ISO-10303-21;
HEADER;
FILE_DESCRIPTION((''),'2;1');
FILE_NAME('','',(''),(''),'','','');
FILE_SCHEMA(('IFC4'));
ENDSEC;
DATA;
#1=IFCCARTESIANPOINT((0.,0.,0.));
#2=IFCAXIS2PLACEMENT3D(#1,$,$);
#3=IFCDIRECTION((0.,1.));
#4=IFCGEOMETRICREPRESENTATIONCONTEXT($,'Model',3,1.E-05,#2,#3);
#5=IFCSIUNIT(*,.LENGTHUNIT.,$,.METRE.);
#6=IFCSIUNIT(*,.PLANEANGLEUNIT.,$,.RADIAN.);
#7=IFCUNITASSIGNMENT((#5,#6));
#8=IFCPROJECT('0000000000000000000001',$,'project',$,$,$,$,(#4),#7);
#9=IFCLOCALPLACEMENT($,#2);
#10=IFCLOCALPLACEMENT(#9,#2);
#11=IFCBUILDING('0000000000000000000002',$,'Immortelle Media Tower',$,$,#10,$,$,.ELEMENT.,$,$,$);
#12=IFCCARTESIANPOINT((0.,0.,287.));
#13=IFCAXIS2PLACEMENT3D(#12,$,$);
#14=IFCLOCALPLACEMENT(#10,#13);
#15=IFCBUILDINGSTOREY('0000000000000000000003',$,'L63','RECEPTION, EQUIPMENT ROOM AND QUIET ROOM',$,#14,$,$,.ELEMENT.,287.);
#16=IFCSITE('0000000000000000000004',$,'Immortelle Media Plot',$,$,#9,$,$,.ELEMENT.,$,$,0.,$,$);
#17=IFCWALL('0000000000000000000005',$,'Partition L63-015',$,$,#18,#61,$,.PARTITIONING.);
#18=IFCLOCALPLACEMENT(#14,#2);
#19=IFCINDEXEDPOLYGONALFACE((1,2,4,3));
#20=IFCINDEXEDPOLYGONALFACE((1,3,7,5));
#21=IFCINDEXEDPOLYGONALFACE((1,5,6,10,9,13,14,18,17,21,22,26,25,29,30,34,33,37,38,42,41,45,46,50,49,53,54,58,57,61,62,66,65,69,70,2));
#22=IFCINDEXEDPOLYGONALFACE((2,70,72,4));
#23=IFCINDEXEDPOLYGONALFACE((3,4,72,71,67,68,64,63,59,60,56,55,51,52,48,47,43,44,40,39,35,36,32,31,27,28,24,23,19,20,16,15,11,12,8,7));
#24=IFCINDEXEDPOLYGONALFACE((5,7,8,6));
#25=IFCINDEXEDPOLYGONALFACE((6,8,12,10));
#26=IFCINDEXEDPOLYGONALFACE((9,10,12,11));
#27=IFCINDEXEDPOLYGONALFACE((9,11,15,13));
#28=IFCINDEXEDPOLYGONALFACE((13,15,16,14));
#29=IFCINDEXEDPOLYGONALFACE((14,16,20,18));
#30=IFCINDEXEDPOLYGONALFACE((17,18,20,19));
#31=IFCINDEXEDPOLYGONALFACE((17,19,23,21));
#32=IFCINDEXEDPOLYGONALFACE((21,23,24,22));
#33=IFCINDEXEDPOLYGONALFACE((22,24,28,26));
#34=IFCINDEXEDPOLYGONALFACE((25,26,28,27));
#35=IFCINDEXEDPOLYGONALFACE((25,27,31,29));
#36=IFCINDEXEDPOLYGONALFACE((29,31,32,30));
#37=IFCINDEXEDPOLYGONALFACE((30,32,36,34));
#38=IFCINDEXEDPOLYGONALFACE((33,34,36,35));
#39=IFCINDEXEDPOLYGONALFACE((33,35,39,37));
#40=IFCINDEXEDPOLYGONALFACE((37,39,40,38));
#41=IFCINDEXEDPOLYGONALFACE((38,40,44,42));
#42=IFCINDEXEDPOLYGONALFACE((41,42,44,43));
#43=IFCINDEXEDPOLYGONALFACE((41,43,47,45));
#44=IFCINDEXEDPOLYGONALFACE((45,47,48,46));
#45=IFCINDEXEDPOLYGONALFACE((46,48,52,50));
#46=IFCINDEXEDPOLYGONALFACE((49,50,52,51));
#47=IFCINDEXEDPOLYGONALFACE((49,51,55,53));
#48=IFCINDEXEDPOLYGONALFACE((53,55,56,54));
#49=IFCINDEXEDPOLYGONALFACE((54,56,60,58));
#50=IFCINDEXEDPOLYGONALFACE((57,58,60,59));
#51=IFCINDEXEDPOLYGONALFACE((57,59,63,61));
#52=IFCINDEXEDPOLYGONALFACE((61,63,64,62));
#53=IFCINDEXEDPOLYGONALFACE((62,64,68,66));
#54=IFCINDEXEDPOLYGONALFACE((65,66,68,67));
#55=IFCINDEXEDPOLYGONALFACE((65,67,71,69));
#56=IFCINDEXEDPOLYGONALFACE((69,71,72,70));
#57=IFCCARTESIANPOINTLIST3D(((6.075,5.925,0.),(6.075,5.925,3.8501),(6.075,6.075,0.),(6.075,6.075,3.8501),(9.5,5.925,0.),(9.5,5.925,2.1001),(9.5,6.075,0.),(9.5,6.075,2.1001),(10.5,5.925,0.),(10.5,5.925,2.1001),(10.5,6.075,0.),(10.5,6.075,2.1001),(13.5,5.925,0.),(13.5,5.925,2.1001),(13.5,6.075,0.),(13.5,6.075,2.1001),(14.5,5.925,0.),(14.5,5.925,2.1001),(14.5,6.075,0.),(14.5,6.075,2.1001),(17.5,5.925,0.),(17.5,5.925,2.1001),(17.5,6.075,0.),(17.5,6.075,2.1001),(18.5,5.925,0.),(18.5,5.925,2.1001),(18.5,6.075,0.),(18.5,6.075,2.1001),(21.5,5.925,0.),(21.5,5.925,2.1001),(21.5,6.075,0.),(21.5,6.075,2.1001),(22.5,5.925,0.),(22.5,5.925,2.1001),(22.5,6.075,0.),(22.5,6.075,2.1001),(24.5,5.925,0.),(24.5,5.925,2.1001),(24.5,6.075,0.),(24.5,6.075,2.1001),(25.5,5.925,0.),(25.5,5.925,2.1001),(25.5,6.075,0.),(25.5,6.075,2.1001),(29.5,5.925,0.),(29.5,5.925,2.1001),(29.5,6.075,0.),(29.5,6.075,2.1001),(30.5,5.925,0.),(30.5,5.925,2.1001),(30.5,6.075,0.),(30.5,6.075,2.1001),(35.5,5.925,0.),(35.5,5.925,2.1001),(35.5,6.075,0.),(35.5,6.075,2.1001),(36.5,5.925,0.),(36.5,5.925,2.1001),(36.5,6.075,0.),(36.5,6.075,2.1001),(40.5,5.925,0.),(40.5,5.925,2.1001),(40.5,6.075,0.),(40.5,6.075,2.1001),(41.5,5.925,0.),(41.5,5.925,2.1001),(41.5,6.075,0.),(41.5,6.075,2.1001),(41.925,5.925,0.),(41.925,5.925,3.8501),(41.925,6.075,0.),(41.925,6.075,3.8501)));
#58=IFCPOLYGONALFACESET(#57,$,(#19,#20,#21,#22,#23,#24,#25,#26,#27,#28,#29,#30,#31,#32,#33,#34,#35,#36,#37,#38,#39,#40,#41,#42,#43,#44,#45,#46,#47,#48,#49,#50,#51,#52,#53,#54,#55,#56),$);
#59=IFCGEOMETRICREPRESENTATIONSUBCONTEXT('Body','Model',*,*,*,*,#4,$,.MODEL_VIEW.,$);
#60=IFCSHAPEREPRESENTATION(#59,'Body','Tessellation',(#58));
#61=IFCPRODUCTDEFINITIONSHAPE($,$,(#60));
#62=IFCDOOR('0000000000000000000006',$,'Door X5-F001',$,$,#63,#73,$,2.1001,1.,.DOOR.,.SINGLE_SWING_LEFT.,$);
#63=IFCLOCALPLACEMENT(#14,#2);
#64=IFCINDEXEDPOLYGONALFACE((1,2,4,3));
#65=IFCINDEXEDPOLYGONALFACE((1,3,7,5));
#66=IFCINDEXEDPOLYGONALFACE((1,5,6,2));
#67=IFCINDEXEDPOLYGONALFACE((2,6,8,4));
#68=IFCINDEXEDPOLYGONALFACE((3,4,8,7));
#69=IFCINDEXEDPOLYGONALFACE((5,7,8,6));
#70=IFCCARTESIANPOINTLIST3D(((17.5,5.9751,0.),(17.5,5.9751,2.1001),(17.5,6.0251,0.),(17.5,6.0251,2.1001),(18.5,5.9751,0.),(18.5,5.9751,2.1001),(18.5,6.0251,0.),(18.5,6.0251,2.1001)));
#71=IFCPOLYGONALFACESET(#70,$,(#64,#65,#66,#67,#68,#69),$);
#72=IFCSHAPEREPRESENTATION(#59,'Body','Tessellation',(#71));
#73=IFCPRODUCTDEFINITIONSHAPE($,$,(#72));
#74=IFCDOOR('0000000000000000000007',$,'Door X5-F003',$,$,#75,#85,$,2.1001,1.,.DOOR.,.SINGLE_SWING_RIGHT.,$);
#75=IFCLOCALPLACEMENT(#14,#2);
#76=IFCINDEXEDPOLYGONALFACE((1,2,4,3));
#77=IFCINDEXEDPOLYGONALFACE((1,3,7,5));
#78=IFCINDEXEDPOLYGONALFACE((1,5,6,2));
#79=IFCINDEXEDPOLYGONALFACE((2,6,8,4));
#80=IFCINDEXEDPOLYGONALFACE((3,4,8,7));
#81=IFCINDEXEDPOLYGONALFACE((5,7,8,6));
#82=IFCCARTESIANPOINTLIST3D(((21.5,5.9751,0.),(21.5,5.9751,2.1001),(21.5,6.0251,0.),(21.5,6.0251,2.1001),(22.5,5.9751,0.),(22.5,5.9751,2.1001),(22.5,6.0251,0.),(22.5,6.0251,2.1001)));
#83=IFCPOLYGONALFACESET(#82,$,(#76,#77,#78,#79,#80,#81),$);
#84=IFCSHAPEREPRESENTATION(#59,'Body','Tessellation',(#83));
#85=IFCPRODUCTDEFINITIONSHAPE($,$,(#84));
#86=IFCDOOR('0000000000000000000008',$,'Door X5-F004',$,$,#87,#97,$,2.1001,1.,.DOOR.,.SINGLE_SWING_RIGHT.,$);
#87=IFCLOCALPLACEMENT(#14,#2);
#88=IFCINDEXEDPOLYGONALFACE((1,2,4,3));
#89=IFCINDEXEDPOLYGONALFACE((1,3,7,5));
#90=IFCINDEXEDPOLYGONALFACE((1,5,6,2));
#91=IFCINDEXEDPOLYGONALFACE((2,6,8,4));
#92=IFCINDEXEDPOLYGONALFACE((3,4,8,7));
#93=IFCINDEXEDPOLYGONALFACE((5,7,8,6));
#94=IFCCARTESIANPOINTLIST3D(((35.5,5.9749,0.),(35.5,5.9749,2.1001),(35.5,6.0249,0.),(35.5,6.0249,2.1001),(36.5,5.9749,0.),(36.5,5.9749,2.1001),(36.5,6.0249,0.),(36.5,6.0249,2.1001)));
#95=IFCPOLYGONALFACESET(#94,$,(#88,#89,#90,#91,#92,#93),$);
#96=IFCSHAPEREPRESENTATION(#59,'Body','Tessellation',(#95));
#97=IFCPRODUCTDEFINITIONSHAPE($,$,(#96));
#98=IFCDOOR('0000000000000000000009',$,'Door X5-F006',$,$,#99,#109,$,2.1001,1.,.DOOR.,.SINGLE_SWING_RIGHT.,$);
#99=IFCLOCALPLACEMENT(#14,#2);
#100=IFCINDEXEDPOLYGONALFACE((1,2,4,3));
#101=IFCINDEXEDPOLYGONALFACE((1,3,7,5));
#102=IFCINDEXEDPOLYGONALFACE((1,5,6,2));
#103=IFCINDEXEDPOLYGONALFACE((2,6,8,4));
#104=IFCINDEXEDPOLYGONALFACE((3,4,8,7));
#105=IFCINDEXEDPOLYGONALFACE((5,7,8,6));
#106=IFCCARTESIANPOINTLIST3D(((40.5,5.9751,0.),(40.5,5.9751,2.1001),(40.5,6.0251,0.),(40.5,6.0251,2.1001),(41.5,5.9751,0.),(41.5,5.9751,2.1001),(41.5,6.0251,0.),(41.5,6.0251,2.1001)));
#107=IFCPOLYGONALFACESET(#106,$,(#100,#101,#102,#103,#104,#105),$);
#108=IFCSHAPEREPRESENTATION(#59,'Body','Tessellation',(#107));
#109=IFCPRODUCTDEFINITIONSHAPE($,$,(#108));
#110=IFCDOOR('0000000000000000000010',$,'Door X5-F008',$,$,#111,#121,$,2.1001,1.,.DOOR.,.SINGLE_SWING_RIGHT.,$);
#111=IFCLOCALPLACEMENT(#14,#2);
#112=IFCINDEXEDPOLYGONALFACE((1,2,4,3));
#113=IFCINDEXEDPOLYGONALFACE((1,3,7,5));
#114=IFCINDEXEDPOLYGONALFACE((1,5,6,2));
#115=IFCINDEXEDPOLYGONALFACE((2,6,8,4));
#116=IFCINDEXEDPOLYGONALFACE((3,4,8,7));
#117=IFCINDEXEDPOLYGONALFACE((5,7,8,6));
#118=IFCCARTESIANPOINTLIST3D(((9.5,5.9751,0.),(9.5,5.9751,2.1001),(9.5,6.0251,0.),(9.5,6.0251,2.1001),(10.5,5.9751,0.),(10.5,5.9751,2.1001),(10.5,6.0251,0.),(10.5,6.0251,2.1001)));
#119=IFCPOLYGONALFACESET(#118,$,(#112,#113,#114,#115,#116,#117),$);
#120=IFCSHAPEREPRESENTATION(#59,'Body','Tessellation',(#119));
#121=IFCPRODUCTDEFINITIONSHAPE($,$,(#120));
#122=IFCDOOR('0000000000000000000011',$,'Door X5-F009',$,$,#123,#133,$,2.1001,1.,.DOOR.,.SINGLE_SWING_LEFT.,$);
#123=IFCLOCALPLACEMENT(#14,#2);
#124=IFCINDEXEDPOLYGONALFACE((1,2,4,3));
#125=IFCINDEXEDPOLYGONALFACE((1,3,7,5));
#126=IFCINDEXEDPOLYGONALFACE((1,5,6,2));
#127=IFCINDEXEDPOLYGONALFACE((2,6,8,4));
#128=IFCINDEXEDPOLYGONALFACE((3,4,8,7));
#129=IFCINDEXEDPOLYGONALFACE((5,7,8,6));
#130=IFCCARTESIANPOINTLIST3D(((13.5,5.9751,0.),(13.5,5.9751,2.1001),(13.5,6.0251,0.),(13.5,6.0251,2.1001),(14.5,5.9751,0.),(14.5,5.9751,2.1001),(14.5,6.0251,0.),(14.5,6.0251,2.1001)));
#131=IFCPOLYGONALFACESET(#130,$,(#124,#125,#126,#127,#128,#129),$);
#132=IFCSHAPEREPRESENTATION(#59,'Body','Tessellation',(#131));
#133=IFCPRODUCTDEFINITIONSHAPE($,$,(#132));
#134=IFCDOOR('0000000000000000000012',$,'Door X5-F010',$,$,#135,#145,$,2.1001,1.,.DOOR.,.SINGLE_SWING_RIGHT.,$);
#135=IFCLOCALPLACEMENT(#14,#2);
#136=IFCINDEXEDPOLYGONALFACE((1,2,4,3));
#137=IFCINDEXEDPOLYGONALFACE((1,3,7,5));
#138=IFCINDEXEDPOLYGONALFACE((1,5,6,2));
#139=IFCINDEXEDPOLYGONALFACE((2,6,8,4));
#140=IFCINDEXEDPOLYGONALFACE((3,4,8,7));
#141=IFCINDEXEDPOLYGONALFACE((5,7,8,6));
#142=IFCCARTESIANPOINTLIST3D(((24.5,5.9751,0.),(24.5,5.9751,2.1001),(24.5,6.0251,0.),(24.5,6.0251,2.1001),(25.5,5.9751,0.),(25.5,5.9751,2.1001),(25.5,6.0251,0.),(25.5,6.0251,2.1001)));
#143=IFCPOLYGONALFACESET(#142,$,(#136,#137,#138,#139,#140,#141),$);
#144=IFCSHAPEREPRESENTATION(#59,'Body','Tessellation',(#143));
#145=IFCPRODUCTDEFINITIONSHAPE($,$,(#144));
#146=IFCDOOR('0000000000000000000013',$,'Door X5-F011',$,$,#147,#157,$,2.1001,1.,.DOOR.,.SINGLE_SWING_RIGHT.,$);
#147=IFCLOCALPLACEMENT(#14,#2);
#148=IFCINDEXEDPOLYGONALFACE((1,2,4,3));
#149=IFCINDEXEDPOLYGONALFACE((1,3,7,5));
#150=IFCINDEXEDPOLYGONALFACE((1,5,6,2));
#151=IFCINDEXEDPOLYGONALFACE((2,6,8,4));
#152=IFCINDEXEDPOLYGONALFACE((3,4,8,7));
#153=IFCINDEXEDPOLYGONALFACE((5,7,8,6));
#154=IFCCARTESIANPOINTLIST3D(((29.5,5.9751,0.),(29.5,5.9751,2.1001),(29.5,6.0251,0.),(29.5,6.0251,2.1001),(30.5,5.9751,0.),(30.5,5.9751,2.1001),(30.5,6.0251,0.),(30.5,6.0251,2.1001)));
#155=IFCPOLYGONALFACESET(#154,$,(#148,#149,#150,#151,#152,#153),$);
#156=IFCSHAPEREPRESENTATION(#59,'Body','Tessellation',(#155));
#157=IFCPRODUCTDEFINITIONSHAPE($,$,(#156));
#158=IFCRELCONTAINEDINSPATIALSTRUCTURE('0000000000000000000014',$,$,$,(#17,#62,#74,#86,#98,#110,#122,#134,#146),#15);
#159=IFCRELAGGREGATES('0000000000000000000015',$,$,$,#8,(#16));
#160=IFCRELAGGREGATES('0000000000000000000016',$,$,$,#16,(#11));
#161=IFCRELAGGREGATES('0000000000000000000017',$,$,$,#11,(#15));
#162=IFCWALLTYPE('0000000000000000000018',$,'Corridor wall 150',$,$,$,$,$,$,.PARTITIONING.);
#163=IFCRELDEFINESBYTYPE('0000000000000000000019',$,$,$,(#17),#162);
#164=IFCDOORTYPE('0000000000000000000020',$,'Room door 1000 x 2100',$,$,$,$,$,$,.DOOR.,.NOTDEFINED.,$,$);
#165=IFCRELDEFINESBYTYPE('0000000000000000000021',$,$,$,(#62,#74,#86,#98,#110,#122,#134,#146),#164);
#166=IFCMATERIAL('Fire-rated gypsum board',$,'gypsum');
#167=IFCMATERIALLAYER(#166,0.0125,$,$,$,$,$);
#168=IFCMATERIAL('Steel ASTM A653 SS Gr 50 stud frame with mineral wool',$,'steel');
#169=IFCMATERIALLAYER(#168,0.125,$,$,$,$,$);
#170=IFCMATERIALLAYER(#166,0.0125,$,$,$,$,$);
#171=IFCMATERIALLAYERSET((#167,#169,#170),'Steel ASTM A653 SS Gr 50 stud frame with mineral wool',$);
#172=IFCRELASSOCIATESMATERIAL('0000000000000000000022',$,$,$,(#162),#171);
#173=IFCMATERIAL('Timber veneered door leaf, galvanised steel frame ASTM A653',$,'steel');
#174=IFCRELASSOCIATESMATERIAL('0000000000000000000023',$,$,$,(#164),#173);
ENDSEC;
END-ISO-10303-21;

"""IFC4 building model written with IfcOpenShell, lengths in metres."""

from ifc_helpers import new_model, si_unit, direction, frame, frame_2d, origin, place, context, subcontext, project, spatial, rectangle, extrude, material, layer, layer_set, type_object, element, fill, save


model = new_model("IFC4")

# Units and contexts
model_context = context("Model", 3, precision=1e-05, world=origin(), true_north=direction((0.0, 1.0)))
body_context = subcontext(model_context, "Body", "Model", "MODEL_VIEW")
ifc_project = project(units=[si_unit("LENGTHUNIT", "METRE"), si_unit("PLANEANGLEUNIT", "RADIAN")], contexts=[model_context])

# Site, building, storey
site_placement = place(None, origin())
site = spatial("IfcSite", under=ifc_project, at=site_placement, Name="Immortelle Media Plot", CompositionType="ELEMENT", RefElevation=0.0)
building_placement = place(site_placement, origin())
building = spatial("IfcBuilding", under=site, at=building_placement, Name="Immortelle Media Tower", CompositionType="ELEMENT")
storey_placement = place(building_placement, frame((0.0, 0.0, 287.0)))
storey = spatial("IfcBuildingStorey", under=building, at=storey_placement, Name="L63", Description="RECEPTION, EQUIPMENT ROOM AND QUIET ROOM", CompositionType="ELEMENT", Elevation=287.0)

# Wall, openings, doors
ifc_material_1 = material(Name="Fire-rated gypsum board", Category="gypsum")
ifc_layer_1 = layer(ifc_material_1, 0.0125)
ifc_material_2 = material(Name="Steel ASTM A653 SS Gr 50 stud frame with mineral wool", Category="steel")
ifc_layer_2 = layer(ifc_material_2, 0.125)
ifc_layer_3 = layer(ifc_material_1, 0.0125)
ifc_layer_set_1 = layer_set([ifc_layer_1, ifc_layer_2, ifc_layer_3], Name="Steel ASTM A653 SS Gr 50 stud frame with mineral wool")
wall_type_1 = type_object("IfcWallType", Name="Corridor wall 150", PredefinedType="PARTITIONING", material=ifc_layer_set_1)
wall_1_placement = place(storey_placement, frame((6.075, 6.0, 0.0), z_axis=(0.0, 0.0, 1.0), x_axis=(1.0, 0.0, 0.0)))
wall_1 = element("IfcWall", 1, at=wall_1_placement, inside=storey, type_object=wall_type_1, Name="Partition L63-015", PredefinedType="PARTITIONING", context=body_context, shape_type="SweptSolid", body=[
    extrude(rectangle(XDim=35.8501, YDim=0.1499, at=frame_2d((17.925, 0.0))), origin(), (0.0, 0.0, 1.0), 3.8501),
])
opening_1_placement = place(wall_1_placement, frame((12.425, 0.0, 0.0), z_axis=(0.0, 0.0, 1.0), x_axis=(-1.0, 0.0, 0.0)))
opening_1 = element("IfcOpeningElement", 2, at=opening_1_placement, cuts=wall_1, PredefinedType="OPENING", context=body_context, shape_type="SweptSolid", body=[
    extrude(rectangle(XDim=1.0, YDim=2.1001, at=frame_2d((0.5, 1.05))), frame((0.0, 0.085, 0.0), z_axis=(0.0, -1.0, 0.0), x_axis=(1.0, 0.0, 0.0)), (0.0, 0.0, 1.0), 0.1699),
])
opening_2_placement = place(wall_1_placement, frame((16.425, 0.0, 0.0), z_axis=(0.0, 0.0, 1.0), x_axis=(-1.0, 0.0, 0.0)))
opening_2 = element("IfcOpeningElement", 3, at=opening_2_placement, cuts=wall_1, PredefinedType="OPENING", context=body_context, shape_type="SweptSolid", body=[
    extrude(rectangle(XDim=1.0, YDim=2.1001, at=frame_2d((0.5, 1.05))), frame((0.0, 0.085, 0.0), z_axis=(0.0, -1.0, 0.0), x_axis=(1.0, 0.0, 0.0)), (0.0, 0.0, 1.0), 0.1699),
])
opening_3_placement = place(wall_1_placement, frame((29.425, 0.0, 0.0)))
opening_3 = element("IfcOpeningElement", 4, at=opening_3_placement, cuts=wall_1, PredefinedType="OPENING", context=body_context, shape_type="SweptSolid", body=[
    extrude(rectangle(XDim=1.0, YDim=2.1001, at=frame_2d((0.5, 1.05))), frame((0.0, 0.085, 0.0), z_axis=(0.0, -1.0, 0.0), x_axis=(1.0, 0.0, 0.0)), (0.0, 0.0, 1.0), 0.1699),
])
opening_4_placement = place(wall_1_placement, frame((35.425, 0.0, 0.0), z_axis=(0.0, 0.0, 1.0), x_axis=(-1.0, 0.0, 0.0)))
opening_4 = element("IfcOpeningElement", 5, at=opening_4_placement, cuts=wall_1, PredefinedType="OPENING", context=body_context, shape_type="SweptSolid", body=[
    extrude(rectangle(XDim=1.0, YDim=2.1001, at=frame_2d((0.5, 1.05))), frame((0.0, 0.085, 0.0), z_axis=(0.0, -1.0, 0.0), x_axis=(1.0, 0.0, 0.0)), (0.0, 0.0, 1.0), 0.1699),
])
opening_5_placement = place(wall_1_placement, frame((4.425, 0.0, 0.0), z_axis=(0.0, 0.0, 1.0), x_axis=(-1.0, 0.0, 0.0)))
opening_5 = element("IfcOpeningElement", 6, at=opening_5_placement, cuts=wall_1, PredefinedType="OPENING", context=body_context, shape_type="SweptSolid", body=[
    extrude(rectangle(XDim=1.0, YDim=2.1001, at=frame_2d((0.5, 1.05))), frame((0.0, 0.085, 0.0), z_axis=(0.0, -1.0, 0.0), x_axis=(1.0, 0.0, 0.0)), (0.0, 0.0, 1.0), 0.1699),
])
opening_6_placement = place(wall_1_placement, frame((8.425, 0.0, 0.0), z_axis=(0.0, 0.0, 1.0), x_axis=(-1.0, 0.0, 0.0)))
opening_6 = element("IfcOpeningElement", 7, at=opening_6_placement, cuts=wall_1, PredefinedType="OPENING", context=body_context, shape_type="SweptSolid", body=[
    extrude(rectangle(XDim=1.0, YDim=2.1001, at=frame_2d((0.5, 1.05))), frame((0.0, 0.085, 0.0), z_axis=(0.0, -1.0, 0.0), x_axis=(1.0, 0.0, 0.0)), (0.0, 0.0, 1.0), 0.1699),
])
opening_7_placement = place(wall_1_placement, frame((19.425, 0.0, 0.0), z_axis=(0.0, 0.0, 1.0), x_axis=(-1.0, 0.0, 0.0)))
opening_7 = element("IfcOpeningElement", 8, at=opening_7_placement, cuts=wall_1, PredefinedType="OPENING", context=body_context, shape_type="SweptSolid", body=[
    extrude(rectangle(XDim=1.0, YDim=2.1001, at=frame_2d((0.5, 1.05))), frame((0.0, 0.085, 0.0), z_axis=(0.0, -1.0, 0.0), x_axis=(1.0, 0.0, 0.0)), (0.0, 0.0, 1.0), 0.1699),
])
opening_8_placement = place(wall_1_placement, frame((24.425, 0.0, 0.0), z_axis=(0.0, 0.0, 1.0), x_axis=(-1.0, 0.0, 0.0)))
opening_8 = element("IfcOpeningElement", 9, at=opening_8_placement, cuts=wall_1, PredefinedType="OPENING", context=body_context, shape_type="SweptSolid", body=[
    extrude(rectangle(XDim=1.0, YDim=2.1001, at=frame_2d((0.5, 1.05))), frame((0.0, 0.085, 0.0), z_axis=(0.0, -1.0, 0.0), x_axis=(1.0, 0.0, 0.0)), (0.0, 0.0, 1.0), 0.1699),
])
ifc_material_3 = material(Name="Timber veneered door leaf, galvanised steel frame ASTM A653", Category="steel")
door_type = type_object("IfcDoorType", Name="Room door 1000 x 2100", OperationType="NOTDEFINED", PredefinedType="DOOR", material=ifc_material_3)
door_1_placement = place(opening_1_placement, origin())
door_1 = element("IfcDoor", 10, at=door_1_placement, inside=storey, type_object=door_type, Name="Door X5-F001", OperationType="SINGLE_SWING_LEFT", OverallHeight=2.1001, OverallWidth=1.0, PredefinedType="DOOR", context=body_context, shape_type="SweptSolid", body=[
    extrude(rectangle(XDim=1.0, YDim=2.1001, at=frame_2d((0.5, 1.05))), frame((0.0, 0.0249, 0.0), z_axis=(0.0, -1.0, 0.0), x_axis=(1.0, 0.0, 0.0)), (0.0, 0.0, 1.0), 0.05),
])
fill(opening_1, door_1)
door_2_placement = place(opening_2_placement, origin())
door_2 = element("IfcDoor", 11, at=door_2_placement, inside=storey, type_object=door_type, Name="Door X5-F003", OperationType="SINGLE_SWING_RIGHT", OverallHeight=2.1001, OverallWidth=1.0, PredefinedType="DOOR", context=body_context, shape_type="SweptSolid", body=[
    extrude(rectangle(XDim=1.0, YDim=2.1001, at=frame_2d((0.5, 1.05))), frame((0.0, 0.0249, 0.0), z_axis=(0.0, -1.0, 0.0), x_axis=(1.0, 0.0, 0.0)), (0.0, 0.0, 1.0), 0.05),
])
fill(opening_2, door_2)
door_3_placement = place(opening_3_placement, origin())
door_3 = element("IfcDoor", 12, at=door_3_placement, inside=storey, type_object=door_type, Name="Door X5-F004", OperationType="SINGLE_SWING_RIGHT", OverallHeight=2.1001, OverallWidth=1.0, PredefinedType="DOOR", context=body_context, shape_type="SweptSolid", body=[
    extrude(rectangle(XDim=1.0, YDim=2.1001, at=frame_2d((0.5, 1.05))), frame((0.0, 0.0249, 0.0), z_axis=(0.0, -1.0, 0.0), x_axis=(1.0, 0.0, 0.0)), (0.0, 0.0, 1.0), 0.05),
])
fill(opening_3, door_3)
door_4_placement = place(opening_4_placement, origin())
door_4 = element("IfcDoor", 13, at=door_4_placement, inside=storey, type_object=door_type, Name="Door X5-F006", OperationType="SINGLE_SWING_RIGHT", OverallHeight=2.1001, OverallWidth=1.0, PredefinedType="DOOR", context=body_context, shape_type="SweptSolid", body=[
    extrude(rectangle(XDim=1.0, YDim=2.1001, at=frame_2d((0.5, 1.05))), frame((0.0, 0.0249, 0.0), z_axis=(0.0, -1.0, 0.0), x_axis=(1.0, 0.0, 0.0)), (0.0, 0.0, 1.0), 0.05),
])
fill(opening_4, door_4)
door_5_placement = place(opening_5_placement, origin())
door_5 = element("IfcDoor", 14, at=door_5_placement, inside=storey, type_object=door_type, Name="Door X5-F008", OperationType="SINGLE_SWING_RIGHT", OverallHeight=2.1001, OverallWidth=1.0, PredefinedType="DOOR", context=body_context, shape_type="SweptSolid", body=[
    extrude(rectangle(XDim=1.0, YDim=2.1001, at=frame_2d((0.5, 1.05))), frame((0.0, 0.0249, 0.0), z_axis=(0.0, -1.0, 0.0), x_axis=(1.0, 0.0, 0.0)), (0.0, 0.0, 1.0), 0.05),
])
fill(opening_5, door_5)
door_6_placement = place(opening_6_placement, origin())
door_6 = element("IfcDoor", 15, at=door_6_placement, inside=storey, type_object=door_type, Name="Door X5-F009", OperationType="SINGLE_SWING_LEFT", OverallHeight=2.1001, OverallWidth=1.0, PredefinedType="DOOR", context=body_context, shape_type="SweptSolid", body=[
    extrude(rectangle(XDim=1.0, YDim=2.1001, at=frame_2d((0.5, 1.05))), frame((0.0, 0.0249, 0.0), z_axis=(0.0, -1.0, 0.0), x_axis=(1.0, 0.0, 0.0)), (0.0, 0.0, 1.0), 0.05),
])
fill(opening_6, door_6)
door_7_placement = place(opening_7_placement, origin())
door_7 = element("IfcDoor", 16, at=door_7_placement, inside=storey, type_object=door_type, Name="Door X5-F010", OperationType="SINGLE_SWING_RIGHT", OverallHeight=2.1001, OverallWidth=1.0, PredefinedType="DOOR", context=body_context, shape_type="SweptSolid", body=[
    extrude(rectangle(XDim=1.0, YDim=2.1001, at=frame_2d((0.5, 1.05))), frame((0.0, 0.0249, 0.0), z_axis=(0.0, -1.0, 0.0), x_axis=(1.0, 0.0, 0.0)), (0.0, 0.0, 1.0), 0.05),
])
fill(opening_7, door_7)
door_8_placement = place(opening_8_placement, origin())
door_8 = element("IfcDoor", 17, at=door_8_placement, inside=storey, type_object=door_type, Name="Door X5-F011", OperationType="SINGLE_SWING_RIGHT", OverallHeight=2.1001, OverallWidth=1.0, PredefinedType="DOOR", context=body_context, shape_type="SweptSolid", body=[
    extrude(rectangle(XDim=1.0, YDim=2.1001, at=frame_2d((0.5, 1.05))), frame((0.0, 0.0249, 0.0), z_axis=(0.0, -1.0, 0.0), x_axis=(1.0, 0.0, 0.0)), (0.0, 0.0, 1.0), 0.05),
])
fill(opening_8, door_8)

save(model, "model.ifc")
